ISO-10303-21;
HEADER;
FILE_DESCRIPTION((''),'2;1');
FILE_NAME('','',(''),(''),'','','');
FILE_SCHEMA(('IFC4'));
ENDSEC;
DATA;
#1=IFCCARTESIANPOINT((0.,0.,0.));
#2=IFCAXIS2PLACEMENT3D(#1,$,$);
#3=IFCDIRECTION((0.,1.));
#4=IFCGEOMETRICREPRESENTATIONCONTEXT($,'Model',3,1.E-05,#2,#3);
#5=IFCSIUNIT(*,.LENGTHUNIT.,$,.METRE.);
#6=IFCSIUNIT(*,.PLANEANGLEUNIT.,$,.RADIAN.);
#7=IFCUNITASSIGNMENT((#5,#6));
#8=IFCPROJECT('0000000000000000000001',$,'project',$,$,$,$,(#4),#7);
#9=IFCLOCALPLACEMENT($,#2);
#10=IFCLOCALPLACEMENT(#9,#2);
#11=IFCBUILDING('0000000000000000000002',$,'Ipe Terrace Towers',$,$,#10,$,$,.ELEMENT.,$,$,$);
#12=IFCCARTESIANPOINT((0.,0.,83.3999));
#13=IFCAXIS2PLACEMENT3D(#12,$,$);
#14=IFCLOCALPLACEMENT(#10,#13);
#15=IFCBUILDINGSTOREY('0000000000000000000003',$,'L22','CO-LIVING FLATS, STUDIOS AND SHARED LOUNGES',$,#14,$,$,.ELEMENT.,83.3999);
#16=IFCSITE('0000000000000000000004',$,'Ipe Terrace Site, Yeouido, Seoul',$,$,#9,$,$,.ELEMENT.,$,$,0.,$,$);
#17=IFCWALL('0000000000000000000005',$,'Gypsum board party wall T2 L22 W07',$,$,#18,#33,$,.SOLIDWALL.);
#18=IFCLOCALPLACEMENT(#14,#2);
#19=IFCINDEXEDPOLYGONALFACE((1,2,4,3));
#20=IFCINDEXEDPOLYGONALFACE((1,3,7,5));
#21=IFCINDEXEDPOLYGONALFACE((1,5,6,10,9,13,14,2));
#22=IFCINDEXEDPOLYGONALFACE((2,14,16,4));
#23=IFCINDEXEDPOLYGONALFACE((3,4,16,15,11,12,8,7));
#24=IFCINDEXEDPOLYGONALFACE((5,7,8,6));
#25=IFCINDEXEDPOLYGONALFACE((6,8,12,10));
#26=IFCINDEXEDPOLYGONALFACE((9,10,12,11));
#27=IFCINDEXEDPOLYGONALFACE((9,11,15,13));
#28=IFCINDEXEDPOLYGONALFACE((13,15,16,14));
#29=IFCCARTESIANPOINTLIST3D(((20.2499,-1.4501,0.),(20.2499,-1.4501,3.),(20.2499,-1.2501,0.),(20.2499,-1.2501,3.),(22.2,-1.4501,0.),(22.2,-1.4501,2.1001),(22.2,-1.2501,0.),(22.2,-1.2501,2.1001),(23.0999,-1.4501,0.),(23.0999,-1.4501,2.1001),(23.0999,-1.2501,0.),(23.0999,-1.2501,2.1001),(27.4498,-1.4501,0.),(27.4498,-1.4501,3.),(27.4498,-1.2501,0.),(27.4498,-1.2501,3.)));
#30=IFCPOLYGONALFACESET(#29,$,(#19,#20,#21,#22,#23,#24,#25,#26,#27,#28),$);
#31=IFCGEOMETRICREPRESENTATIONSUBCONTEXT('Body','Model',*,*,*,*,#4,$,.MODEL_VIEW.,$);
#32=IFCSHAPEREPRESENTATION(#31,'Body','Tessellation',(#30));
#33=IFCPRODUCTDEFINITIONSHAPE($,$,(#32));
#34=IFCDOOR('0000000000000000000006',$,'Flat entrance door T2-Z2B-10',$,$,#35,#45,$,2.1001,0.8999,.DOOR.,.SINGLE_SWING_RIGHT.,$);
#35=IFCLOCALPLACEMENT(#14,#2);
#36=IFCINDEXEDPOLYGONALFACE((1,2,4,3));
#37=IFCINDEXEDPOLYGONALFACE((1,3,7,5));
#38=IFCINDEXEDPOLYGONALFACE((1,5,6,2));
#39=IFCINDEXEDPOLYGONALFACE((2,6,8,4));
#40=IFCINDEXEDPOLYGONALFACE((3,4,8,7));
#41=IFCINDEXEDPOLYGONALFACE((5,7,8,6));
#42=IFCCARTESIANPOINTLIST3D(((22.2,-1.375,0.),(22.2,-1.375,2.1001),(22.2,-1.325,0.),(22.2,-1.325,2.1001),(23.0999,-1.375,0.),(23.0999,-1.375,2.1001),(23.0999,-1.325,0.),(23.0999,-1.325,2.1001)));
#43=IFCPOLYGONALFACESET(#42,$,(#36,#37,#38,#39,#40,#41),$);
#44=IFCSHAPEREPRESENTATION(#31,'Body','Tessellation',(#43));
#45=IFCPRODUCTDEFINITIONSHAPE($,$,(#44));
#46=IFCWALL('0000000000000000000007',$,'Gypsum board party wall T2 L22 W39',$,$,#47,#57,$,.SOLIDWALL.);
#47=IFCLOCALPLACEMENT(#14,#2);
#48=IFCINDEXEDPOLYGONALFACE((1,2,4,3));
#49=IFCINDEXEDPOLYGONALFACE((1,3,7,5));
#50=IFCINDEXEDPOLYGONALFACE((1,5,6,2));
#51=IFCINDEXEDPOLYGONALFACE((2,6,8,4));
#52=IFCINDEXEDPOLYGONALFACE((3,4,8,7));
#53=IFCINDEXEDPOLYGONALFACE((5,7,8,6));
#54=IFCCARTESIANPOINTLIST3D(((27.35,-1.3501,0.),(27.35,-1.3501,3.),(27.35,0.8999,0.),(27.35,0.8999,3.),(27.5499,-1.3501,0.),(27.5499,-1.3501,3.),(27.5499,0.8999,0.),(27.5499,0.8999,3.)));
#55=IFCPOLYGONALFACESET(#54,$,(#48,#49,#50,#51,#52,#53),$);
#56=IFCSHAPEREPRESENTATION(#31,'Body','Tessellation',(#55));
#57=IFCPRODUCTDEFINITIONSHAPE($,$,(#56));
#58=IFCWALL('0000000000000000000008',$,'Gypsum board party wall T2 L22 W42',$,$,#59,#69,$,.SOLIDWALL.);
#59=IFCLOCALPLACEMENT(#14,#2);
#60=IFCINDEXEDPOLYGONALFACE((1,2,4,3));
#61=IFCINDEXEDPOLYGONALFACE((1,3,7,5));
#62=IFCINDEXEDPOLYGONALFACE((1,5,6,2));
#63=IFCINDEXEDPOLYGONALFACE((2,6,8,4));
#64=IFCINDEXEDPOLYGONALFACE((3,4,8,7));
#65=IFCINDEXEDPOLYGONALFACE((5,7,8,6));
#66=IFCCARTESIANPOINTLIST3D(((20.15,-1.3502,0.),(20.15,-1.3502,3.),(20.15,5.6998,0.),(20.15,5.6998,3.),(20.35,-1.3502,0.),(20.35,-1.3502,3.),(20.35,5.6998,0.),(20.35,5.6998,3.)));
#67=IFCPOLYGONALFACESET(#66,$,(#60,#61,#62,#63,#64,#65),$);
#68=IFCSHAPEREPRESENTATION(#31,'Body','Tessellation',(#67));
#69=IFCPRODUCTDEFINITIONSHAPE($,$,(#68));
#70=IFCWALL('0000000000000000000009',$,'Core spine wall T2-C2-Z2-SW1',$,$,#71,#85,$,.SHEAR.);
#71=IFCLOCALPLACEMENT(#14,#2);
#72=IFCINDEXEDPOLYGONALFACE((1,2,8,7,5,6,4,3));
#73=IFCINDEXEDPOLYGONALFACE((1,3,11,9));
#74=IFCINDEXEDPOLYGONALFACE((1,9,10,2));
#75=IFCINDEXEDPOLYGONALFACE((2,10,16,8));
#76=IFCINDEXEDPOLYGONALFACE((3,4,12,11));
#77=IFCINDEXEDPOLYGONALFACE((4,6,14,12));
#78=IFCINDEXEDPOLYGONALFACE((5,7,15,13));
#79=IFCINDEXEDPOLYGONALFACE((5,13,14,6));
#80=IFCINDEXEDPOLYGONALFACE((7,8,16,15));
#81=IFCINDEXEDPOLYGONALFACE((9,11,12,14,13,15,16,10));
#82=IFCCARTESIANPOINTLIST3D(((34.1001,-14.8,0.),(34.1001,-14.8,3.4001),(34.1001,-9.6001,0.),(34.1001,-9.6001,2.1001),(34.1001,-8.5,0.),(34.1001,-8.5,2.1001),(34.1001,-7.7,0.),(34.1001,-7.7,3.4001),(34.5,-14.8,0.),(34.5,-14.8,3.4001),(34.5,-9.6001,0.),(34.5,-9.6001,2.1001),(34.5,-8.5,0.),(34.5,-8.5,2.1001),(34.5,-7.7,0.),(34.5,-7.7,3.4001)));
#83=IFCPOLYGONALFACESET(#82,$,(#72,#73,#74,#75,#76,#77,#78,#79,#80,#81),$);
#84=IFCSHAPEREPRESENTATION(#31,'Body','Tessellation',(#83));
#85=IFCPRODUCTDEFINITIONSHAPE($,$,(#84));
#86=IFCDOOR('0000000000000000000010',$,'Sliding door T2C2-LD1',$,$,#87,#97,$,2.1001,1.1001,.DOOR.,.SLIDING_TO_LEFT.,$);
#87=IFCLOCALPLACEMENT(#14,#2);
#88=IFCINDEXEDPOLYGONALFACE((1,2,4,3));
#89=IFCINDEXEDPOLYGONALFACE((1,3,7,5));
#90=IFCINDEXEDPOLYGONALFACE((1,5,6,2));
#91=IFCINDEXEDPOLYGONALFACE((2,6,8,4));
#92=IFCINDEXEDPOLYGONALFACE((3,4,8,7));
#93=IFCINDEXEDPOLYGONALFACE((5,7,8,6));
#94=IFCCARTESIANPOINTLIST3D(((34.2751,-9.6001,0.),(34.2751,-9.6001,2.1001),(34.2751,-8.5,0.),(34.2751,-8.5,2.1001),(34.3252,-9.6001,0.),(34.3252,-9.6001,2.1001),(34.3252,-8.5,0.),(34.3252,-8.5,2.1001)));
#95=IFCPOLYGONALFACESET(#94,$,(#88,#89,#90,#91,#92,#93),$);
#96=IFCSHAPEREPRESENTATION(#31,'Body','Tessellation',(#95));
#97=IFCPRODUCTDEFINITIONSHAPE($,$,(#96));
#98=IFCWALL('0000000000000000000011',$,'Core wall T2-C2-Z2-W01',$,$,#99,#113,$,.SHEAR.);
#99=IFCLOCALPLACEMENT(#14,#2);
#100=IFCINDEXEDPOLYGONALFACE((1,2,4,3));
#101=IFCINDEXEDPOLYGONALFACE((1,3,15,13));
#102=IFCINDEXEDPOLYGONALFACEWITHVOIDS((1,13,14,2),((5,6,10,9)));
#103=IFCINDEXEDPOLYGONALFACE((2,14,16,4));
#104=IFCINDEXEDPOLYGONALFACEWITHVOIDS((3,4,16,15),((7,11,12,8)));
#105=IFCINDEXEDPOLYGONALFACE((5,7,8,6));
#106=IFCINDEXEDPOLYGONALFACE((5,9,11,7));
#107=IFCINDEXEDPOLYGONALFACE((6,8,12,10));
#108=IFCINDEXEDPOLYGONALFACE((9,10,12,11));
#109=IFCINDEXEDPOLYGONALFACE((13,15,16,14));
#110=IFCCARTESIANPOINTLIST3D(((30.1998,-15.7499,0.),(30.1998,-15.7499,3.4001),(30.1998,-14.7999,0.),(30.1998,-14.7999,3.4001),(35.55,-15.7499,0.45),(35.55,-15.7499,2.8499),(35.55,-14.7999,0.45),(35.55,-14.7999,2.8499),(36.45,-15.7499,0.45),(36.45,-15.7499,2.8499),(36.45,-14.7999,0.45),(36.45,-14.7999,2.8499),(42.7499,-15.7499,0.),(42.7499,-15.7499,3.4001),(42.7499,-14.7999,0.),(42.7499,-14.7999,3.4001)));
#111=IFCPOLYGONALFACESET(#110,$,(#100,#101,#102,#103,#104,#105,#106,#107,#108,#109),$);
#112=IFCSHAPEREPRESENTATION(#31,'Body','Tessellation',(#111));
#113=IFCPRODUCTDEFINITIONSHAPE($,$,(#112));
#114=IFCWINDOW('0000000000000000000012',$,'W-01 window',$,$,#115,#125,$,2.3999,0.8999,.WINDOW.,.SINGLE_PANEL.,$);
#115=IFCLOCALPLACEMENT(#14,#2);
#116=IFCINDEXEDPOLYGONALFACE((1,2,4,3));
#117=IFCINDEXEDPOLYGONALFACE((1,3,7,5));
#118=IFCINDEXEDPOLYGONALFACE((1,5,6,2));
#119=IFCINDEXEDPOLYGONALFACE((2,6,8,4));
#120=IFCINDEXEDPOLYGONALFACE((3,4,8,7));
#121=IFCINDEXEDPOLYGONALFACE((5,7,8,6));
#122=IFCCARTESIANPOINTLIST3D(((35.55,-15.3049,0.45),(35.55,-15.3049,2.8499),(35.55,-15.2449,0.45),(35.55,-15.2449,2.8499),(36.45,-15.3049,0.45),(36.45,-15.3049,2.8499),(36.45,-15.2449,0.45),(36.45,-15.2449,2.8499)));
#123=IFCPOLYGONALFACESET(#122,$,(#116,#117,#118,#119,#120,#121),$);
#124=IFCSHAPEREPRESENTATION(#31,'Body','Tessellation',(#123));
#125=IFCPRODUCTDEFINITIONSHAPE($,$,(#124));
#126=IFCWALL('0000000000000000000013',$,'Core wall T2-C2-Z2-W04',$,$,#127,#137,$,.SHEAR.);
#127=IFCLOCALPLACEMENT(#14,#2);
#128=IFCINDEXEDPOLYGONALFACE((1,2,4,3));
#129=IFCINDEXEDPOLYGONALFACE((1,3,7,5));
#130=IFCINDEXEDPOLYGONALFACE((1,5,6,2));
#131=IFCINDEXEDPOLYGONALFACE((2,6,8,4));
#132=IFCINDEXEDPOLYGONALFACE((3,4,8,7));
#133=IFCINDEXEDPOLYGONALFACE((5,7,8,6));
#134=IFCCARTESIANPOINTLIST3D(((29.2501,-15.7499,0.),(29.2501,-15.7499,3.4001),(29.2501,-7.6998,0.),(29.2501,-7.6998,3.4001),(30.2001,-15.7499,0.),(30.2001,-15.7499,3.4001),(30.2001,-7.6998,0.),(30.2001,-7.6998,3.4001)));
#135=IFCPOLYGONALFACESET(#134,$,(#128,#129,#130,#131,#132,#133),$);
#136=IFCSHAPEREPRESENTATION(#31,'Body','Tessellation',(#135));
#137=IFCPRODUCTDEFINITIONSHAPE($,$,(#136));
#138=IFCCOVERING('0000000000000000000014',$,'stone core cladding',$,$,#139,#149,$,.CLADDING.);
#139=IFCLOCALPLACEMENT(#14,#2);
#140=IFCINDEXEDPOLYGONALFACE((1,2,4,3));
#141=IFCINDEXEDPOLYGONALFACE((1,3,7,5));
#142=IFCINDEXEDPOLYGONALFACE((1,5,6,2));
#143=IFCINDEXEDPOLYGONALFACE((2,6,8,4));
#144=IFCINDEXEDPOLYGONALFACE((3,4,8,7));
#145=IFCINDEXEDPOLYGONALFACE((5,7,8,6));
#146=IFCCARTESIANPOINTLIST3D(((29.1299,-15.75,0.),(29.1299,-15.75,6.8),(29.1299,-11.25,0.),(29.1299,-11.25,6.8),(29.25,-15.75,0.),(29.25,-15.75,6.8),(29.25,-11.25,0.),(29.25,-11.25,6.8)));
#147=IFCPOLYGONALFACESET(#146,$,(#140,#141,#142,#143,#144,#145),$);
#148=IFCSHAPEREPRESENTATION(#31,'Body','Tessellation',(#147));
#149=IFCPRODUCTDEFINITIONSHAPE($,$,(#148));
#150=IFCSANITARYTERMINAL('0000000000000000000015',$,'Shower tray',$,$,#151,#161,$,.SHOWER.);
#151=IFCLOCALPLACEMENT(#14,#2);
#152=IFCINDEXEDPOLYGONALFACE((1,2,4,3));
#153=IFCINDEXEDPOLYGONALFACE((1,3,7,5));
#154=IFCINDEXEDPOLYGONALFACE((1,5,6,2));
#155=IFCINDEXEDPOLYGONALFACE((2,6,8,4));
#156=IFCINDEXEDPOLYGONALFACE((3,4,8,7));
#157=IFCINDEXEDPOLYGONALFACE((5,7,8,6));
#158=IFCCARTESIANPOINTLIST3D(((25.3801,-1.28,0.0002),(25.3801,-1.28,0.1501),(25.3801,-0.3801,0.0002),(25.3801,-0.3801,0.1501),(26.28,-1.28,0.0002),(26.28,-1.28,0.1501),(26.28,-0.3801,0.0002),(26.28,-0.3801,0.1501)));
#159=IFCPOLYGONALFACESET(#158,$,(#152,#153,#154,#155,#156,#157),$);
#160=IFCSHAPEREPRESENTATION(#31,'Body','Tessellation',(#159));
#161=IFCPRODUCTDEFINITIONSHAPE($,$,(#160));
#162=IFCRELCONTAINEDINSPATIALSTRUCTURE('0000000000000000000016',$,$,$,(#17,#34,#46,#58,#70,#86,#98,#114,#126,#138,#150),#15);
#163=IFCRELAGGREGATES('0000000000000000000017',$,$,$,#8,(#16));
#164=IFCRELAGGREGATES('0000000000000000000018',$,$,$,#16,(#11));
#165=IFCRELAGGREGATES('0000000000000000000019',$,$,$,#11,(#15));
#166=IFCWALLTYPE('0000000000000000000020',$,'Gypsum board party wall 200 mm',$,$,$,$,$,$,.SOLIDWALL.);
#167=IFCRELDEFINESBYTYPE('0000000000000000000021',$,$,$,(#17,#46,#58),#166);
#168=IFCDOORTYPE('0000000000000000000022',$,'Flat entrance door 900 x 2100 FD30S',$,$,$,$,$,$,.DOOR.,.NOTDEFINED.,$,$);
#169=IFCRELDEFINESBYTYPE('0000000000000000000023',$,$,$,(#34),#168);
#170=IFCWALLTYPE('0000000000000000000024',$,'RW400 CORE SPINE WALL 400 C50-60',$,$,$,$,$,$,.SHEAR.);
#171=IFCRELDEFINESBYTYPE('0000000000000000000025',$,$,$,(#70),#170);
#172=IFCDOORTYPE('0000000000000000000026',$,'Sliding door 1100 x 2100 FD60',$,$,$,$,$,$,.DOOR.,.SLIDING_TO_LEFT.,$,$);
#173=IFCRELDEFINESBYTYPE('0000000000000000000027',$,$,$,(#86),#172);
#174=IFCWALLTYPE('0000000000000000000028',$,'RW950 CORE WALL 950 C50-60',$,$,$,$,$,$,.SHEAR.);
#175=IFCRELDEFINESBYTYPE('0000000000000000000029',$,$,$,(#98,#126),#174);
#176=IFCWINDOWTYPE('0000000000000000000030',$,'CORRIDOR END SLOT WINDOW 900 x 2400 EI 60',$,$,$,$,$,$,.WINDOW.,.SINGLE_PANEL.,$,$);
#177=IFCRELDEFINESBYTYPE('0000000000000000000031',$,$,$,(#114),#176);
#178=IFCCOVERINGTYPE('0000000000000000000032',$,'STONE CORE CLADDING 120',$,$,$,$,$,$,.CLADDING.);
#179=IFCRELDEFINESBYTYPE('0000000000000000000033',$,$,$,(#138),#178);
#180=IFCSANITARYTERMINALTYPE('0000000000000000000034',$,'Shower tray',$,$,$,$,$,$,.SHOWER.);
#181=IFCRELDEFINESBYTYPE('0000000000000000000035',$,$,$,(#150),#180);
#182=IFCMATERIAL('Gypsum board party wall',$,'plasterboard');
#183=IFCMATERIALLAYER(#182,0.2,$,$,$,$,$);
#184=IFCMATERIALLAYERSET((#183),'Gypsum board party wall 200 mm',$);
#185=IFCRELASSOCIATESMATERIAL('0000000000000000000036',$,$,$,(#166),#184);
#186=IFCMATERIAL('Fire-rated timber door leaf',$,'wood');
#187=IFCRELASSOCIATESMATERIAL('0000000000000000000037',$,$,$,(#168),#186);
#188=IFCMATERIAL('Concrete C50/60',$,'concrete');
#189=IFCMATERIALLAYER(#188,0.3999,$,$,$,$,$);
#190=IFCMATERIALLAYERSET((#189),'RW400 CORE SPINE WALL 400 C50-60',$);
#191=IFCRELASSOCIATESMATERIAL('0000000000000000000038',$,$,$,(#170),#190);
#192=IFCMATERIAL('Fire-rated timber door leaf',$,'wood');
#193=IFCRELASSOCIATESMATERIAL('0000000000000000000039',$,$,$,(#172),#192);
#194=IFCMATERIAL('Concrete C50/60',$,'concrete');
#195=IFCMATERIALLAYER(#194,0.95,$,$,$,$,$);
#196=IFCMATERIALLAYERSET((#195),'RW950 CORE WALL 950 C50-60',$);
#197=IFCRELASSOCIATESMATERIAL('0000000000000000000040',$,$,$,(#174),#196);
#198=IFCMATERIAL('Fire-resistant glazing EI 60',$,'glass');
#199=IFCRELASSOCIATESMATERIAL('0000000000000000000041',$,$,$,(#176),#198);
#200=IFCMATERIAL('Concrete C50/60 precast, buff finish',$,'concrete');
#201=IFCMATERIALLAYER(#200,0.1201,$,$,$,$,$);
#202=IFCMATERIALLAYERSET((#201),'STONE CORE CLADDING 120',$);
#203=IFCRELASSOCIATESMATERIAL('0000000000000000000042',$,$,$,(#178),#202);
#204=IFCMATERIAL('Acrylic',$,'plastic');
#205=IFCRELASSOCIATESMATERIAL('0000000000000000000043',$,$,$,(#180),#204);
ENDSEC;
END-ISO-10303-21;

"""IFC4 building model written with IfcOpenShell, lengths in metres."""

from ifc_helpers import new_model, si_unit, direction, frame, frame_2d, origin, origin_2d, place, context, subcontext, project, spatial, rectangle, extrude, material, layer, layer_set, type_object, element, fill, save


model = new_model("IFC4")

# Units and contexts
model_context = context("Model", 3, precision=1e-05, world=origin(), true_north=direction((0.0, 1.0)))
body_context = subcontext(model_context, "Body", "Model", "MODEL_VIEW")
ifc_project = project(units=[si_unit("LENGTHUNIT", "METRE"), si_unit("PLANEANGLEUNIT", "RADIAN")], contexts=[model_context])

# Site, building, storey
site_placement = place(None, origin())
site = spatial("IfcSite", under=ifc_project, at=site_placement, Name="Ipe Terrace Site, Yeouido, Seoul", CompositionType="ELEMENT", RefElevation=0.0)
building_placement = place(site_placement, origin())
building = spatial("IfcBuilding", under=site, at=building_placement, Name="Ipe Terrace Towers", CompositionType="ELEMENT")
storey_placement = place(building_placement, frame((0.0, 0.0, 83.3999)))
storey = spatial("IfcBuildingStorey", under=building, at=storey_placement, Name="L22", Description="CO-LIVING FLATS, STUDIOS AND SHARED LOUNGES", CompositionType="ELEMENT", Elevation=83.3999)

# Shared definitions
ifc_material_1 = material(Name="Gypsum board party wall", Category="plasterboard")
ifc_layer_1 = layer(ifc_material_1, 0.2)
ifc_layer_set_1 = layer_set([ifc_layer_1], Name="Gypsum board party wall 200 mm")
wall_type_1 = type_object("IfcWallType", Name="Gypsum board party wall 200 mm", PredefinedType="SOLIDWALL", material=ifc_layer_set_1)

# Wall, opening, door
wall_1_placement = place(storey_placement, frame((27.45, -1.3501, 0.0), z_axis=(0.0, 0.0, 1.0), x_axis=(-1.0, 0.0, 0.0)))
wall_1 = element("IfcWall", 1, at=wall_1_placement, inside=storey, type_object=wall_type_1, Name="Gypsum board party wall T2 L22 W07", PredefinedType="SOLIDWALL", context=body_context, shape_type="SweptSolid", body=[
    extrude(rectangle(XDim=7.2, YDim=0.2, at=frame_2d((3.6001, 0.0))), origin(), (0.0, 0.0, 1.0), 3.0),
])
opening_1_placement = place(wall_1_placement, frame((4.3501, 0.0, 0.0)))
opening_1 = element("IfcOpeningElement", 2, at=opening_1_placement, cuts=wall_1, PredefinedType="OPENING", context=body_context, shape_type="SweptSolid", body=[
    extrude(rectangle(XDim=0.8999, YDim=2.1001, at=frame_2d((0.45, 1.05))), frame((0.0, 0.1099, 0.0), z_axis=(0.0, -1.0, 0.0), x_axis=(1.0, 0.0, 0.0)), (0.0, 0.0, 1.0), 0.22),
])
ifc_material_2 = material(Name="Fire-rated timber door leaf", Category="wood")
door_type_1 = type_object("IfcDoorType", Name="Flat entrance door 900 x 2100 FD30S", OperationType="NOTDEFINED", PredefinedType="DOOR", material=ifc_material_2)
door_1_placement = place(opening_1_placement, origin())
door_1 = element("IfcDoor", 3, at=door_1_placement, inside=storey, type_object=door_type_1, Name="Flat entrance door T2-Z2B-10", OperationType="SINGLE_SWING_RIGHT", OverallHeight=2.1001, OverallWidth=0.8999, PredefinedType="DOOR", context=body_context, shape_type="SweptSolid", body=[
    extrude(rectangle(XDim=0.8999, YDim=2.1001, at=frame_2d((0.45, 1.05))), frame((0.0, 0.0249, 0.0), z_axis=(0.0, -1.0, 0.0), x_axis=(1.0, 0.0, 0.0)), (0.0, 0.0, 1.0), 0.05),
])
fill(opening_1, door_1)

# Walls
wall_2_placement = place(storey_placement, frame((27.45, -1.3501, 0.0), z_axis=(0.0, 0.0, 1.0), x_axis=(0.0, 1.0, 0.0)))
element("IfcWall", 4, at=wall_2_placement, inside=storey, type_object=wall_type_1, Name="Gypsum board party wall T2 L22 W39", PredefinedType="SOLIDWALL", context=body_context, shape_type="SweptSolid", body=[
    extrude(rectangle(XDim=2.25, YDim=0.2, at=frame_2d((1.125, 0.0))), origin(), (0.0, 0.0, 1.0), 3.0),
])
wall_3_placement = place(storey_placement, frame((20.25, -1.3501, 0.0), z_axis=(0.0, 0.0, 1.0), x_axis=(0.0, 1.0, 0.0)))
element("IfcWall", 5, at=wall_3_placement, inside=storey, type_object=wall_type_1, Name="Gypsum board party wall T2 L22 W42", PredefinedType="SOLIDWALL", context=body_context, shape_type="SweptSolid", body=[
    extrude(rectangle(XDim=7.05, YDim=0.2, at=frame_2d((3.5249, 0.0))), origin(), (0.0, 0.0, 1.0), 3.0),
])

# Wall, opening, door
ifc_material_3 = material(Name="Concrete C50/60", Category="concrete")
ifc_layer_2 = layer(ifc_material_3, 0.3999)
ifc_layer_set_2 = layer_set([ifc_layer_2], Name="RW400 CORE SPINE WALL 400 C50-60")
wall_type_2 = type_object("IfcWallType", Name="RW400 CORE SPINE WALL 400 C50-60", PredefinedType="SHEAR", material=ifc_layer_set_2)
wall_4_placement = place(storey_placement, frame((34.3, -14.8, 0.0), z_axis=(0.0, 0.0, 1.0), x_axis=(0.0, 1.0, 0.0)))
wall_4 = element("IfcWall", 6, at=wall_4_placement, inside=storey, type_object=wall_type_2, Name="Core spine wall T2-C2-Z2-SW1", PredefinedType="SHEAR", context=body_context, shape_type="SweptSolid", body=[
    extrude(rectangle(XDim=7.1001, YDim=0.3999, at=frame_2d((3.55, 0.0))), origin(), (0.0, 0.0, 1.0), 3.4001),
])
opening_2_placement = place(wall_4_placement, frame((5.2, 0.0, 0.0)))
opening_2 = element("IfcOpeningElement", 7, at=opening_2_placement, cuts=wall_4, PredefinedType="OPENING", context=body_context, shape_type="SweptSolid", body=[
    extrude(rectangle(XDim=1.1001, YDim=2.1001, at=frame_2d((0.55, 1.05))), frame((0.0, 0.21, 0.0), z_axis=(0.0, -1.0, 0.0), x_axis=(1.0, 0.0, 0.0)), (0.0, 0.0, 1.0), 0.4199),
])
ifc_material_4 = material(Name="Fire-rated timber door leaf", Category="wood")
door_type_2 = type_object("IfcDoorType", Name="Sliding door 1100 x 2100 FD60", OperationType="SLIDING_TO_LEFT", PredefinedType="DOOR", material=ifc_material_4)
door_2_placement = place(opening_2_placement, origin())
door_2 = element("IfcDoor", 8, at=door_2_placement, inside=storey, type_object=door_type_2, Name="Sliding door T2C2-LD1", OperationType="SLIDING_TO_LEFT", OverallHeight=2.1001, OverallWidth=1.1001, PredefinedType="DOOR", context=body_context, shape_type="SweptSolid", body=[
    extrude(rectangle(XDim=1.1001, YDim=2.1001, at=frame_2d((0.55, 1.05))), frame((0.0, 0.0249, 0.0), z_axis=(0.0, -1.0, 0.0), x_axis=(1.0, 0.0, 0.0)), (0.0, 0.0, 1.0), 0.05),
])
fill(opening_2, door_2)

# Wall, opening, window
ifc_material_5 = material(Name="Concrete C50/60", Category="concrete")
ifc_layer_3 = layer(ifc_material_5, 0.95)
ifc_layer_set_3 = layer_set([ifc_layer_3], Name="RW950 CORE WALL 950 C50-60")
wall_type_3 = type_object("IfcWallType", Name="RW950 CORE WALL 950 C50-60", PredefinedType="SHEAR", material=ifc_layer_set_3)
wall_5_placement = place(storey_placement, frame((30.2, -15.2749, 0.0), z_axis=(0.0, 0.0, 1.0), x_axis=(1.0, 0.0, 0.0)))
wall_5 = element("IfcWall", 9, at=wall_5_placement, inside=storey, type_object=wall_type_3, Name="Core wall T2-C2-Z2-W01", PredefinedType="SHEAR", context=body_context, shape_type="SweptSolid", body=[
    extrude(rectangle(XDim=12.55, YDim=0.95, at=frame_2d((6.2749, 0.0))), origin(), (0.0, 0.0, 1.0), 3.4001),
])
opening_3_placement = place(wall_5_placement, frame((5.3501, 0.0, 0.45)))
opening_3 = element("IfcOpeningElement", 10, at=opening_3_placement, cuts=wall_5, PredefinedType="OPENING", context=body_context, shape_type="SweptSolid", body=[
    extrude(rectangle(XDim=0.8999, YDim=2.3999, at=frame_2d((0.45, 1.2))), frame((0.0, 0.4849, 0.0), z_axis=(0.0, -1.0, 0.0), x_axis=(1.0, 0.0, 0.0)), (0.0, 0.0, 1.0), 0.97),
])
ifc_material_6 = material(Name="Fire-resistant glazing EI 60", Category="glass")
window_type = type_object("IfcWindowType", Name="CORRIDOR END SLOT WINDOW 900 x 2400 EI 60", PartitioningType="SINGLE_PANEL", PredefinedType="WINDOW", material=ifc_material_6)
window_placement = place(opening_3_placement, origin())
window = element("IfcWindow", 11, at=window_placement, inside=storey, type_object=window_type, Name="W-01 window", OverallHeight=2.3999, OverallWidth=0.8999, PartitioningType="SINGLE_PANEL", PredefinedType="WINDOW", context=body_context, shape_type="SweptSolid", body=[
    extrude(rectangle(XDim=0.8999, YDim=2.3999, at=frame_2d((0.45, 1.2))), frame((0.0, 0.03, 0.0), z_axis=(0.0, -1.0, 0.0), x_axis=(1.0, 0.0, 0.0)), (0.0, 0.0, 1.0), 0.0601),
])
fill(opening_3, window)

# Wall
wall_6_placement = place(storey_placement, frame((29.7251, -7.7, 0.0), z_axis=(0.0, 0.0, 1.0), x_axis=(0.0, -1.0, 0.0)))
element("IfcWall", 12, at=wall_6_placement, inside=storey, type_object=wall_type_3, Name="Core wall T2-C2-Z2-W04", PredefinedType="SHEAR", context=body_context, shape_type="SweptSolid", body=[
    extrude(rectangle(XDim=8.05, YDim=0.95, at=frame_2d((4.0249, 0.0))), origin(), (0.0, 0.0, 1.0), 3.4001),
])

# Covering
ifc_material_7 = material(Name="Concrete C50/60 precast, buff finish", Category="concrete")
ifc_layer_4 = layer(ifc_material_7, 0.1201)
ifc_layer_set_4 = layer_set([ifc_layer_4], Name="STONE CORE CLADDING 120")
covering_type = type_object("IfcCoveringType", Name="STONE CORE CLADDING 120", PredefinedType="CLADDING", material=ifc_layer_set_4)
covering_placement = place(storey_placement, frame((29.1899, -13.5, 0.0), z_axis=(0.0, 0.0, 1.0), x_axis=(0.0, -1.0, 0.0)))
element("IfcCovering", 13, at=covering_placement, inside=storey, type_object=covering_type, Name="stone core cladding", PredefinedType="CLADDING", context=body_context, shape_type="SweptSolid", body=[
    extrude(rectangle(XDim=4.5, YDim=0.1201, at=origin_2d()), origin(), (0.0, 0.0, 1.0), 6.8),
])

# Sanitary terminal
ifc_material_8 = material(Name="Acrylic", Category="plastic")
sanitary_terminal_type_1 = type_object("IfcSanitaryTerminalType", Name="Shower tray", PredefinedType="SHOWER", material=ifc_material_8)
sanitary_terminal_placement = place(storey_placement, frame((25.8301, -0.8301, 0.0002), z_axis=(0.0, 0.0, 1.0), x_axis=(0.0, 1.0, 0.0)))
element("IfcSanitaryTerminal", 14, at=sanitary_terminal_placement, inside=storey, type_object=sanitary_terminal_type_1, Name="Shower tray", PredefinedType="SHOWER", context=body_context, shape_type="SweptSolid", body=[
    extrude(rectangle(XDim=0.8999, YDim=0.8999, at=origin_2d()), origin(), (0.0, 0.0, 1.0), 0.1499),
])

save(model, "model.ifc")
